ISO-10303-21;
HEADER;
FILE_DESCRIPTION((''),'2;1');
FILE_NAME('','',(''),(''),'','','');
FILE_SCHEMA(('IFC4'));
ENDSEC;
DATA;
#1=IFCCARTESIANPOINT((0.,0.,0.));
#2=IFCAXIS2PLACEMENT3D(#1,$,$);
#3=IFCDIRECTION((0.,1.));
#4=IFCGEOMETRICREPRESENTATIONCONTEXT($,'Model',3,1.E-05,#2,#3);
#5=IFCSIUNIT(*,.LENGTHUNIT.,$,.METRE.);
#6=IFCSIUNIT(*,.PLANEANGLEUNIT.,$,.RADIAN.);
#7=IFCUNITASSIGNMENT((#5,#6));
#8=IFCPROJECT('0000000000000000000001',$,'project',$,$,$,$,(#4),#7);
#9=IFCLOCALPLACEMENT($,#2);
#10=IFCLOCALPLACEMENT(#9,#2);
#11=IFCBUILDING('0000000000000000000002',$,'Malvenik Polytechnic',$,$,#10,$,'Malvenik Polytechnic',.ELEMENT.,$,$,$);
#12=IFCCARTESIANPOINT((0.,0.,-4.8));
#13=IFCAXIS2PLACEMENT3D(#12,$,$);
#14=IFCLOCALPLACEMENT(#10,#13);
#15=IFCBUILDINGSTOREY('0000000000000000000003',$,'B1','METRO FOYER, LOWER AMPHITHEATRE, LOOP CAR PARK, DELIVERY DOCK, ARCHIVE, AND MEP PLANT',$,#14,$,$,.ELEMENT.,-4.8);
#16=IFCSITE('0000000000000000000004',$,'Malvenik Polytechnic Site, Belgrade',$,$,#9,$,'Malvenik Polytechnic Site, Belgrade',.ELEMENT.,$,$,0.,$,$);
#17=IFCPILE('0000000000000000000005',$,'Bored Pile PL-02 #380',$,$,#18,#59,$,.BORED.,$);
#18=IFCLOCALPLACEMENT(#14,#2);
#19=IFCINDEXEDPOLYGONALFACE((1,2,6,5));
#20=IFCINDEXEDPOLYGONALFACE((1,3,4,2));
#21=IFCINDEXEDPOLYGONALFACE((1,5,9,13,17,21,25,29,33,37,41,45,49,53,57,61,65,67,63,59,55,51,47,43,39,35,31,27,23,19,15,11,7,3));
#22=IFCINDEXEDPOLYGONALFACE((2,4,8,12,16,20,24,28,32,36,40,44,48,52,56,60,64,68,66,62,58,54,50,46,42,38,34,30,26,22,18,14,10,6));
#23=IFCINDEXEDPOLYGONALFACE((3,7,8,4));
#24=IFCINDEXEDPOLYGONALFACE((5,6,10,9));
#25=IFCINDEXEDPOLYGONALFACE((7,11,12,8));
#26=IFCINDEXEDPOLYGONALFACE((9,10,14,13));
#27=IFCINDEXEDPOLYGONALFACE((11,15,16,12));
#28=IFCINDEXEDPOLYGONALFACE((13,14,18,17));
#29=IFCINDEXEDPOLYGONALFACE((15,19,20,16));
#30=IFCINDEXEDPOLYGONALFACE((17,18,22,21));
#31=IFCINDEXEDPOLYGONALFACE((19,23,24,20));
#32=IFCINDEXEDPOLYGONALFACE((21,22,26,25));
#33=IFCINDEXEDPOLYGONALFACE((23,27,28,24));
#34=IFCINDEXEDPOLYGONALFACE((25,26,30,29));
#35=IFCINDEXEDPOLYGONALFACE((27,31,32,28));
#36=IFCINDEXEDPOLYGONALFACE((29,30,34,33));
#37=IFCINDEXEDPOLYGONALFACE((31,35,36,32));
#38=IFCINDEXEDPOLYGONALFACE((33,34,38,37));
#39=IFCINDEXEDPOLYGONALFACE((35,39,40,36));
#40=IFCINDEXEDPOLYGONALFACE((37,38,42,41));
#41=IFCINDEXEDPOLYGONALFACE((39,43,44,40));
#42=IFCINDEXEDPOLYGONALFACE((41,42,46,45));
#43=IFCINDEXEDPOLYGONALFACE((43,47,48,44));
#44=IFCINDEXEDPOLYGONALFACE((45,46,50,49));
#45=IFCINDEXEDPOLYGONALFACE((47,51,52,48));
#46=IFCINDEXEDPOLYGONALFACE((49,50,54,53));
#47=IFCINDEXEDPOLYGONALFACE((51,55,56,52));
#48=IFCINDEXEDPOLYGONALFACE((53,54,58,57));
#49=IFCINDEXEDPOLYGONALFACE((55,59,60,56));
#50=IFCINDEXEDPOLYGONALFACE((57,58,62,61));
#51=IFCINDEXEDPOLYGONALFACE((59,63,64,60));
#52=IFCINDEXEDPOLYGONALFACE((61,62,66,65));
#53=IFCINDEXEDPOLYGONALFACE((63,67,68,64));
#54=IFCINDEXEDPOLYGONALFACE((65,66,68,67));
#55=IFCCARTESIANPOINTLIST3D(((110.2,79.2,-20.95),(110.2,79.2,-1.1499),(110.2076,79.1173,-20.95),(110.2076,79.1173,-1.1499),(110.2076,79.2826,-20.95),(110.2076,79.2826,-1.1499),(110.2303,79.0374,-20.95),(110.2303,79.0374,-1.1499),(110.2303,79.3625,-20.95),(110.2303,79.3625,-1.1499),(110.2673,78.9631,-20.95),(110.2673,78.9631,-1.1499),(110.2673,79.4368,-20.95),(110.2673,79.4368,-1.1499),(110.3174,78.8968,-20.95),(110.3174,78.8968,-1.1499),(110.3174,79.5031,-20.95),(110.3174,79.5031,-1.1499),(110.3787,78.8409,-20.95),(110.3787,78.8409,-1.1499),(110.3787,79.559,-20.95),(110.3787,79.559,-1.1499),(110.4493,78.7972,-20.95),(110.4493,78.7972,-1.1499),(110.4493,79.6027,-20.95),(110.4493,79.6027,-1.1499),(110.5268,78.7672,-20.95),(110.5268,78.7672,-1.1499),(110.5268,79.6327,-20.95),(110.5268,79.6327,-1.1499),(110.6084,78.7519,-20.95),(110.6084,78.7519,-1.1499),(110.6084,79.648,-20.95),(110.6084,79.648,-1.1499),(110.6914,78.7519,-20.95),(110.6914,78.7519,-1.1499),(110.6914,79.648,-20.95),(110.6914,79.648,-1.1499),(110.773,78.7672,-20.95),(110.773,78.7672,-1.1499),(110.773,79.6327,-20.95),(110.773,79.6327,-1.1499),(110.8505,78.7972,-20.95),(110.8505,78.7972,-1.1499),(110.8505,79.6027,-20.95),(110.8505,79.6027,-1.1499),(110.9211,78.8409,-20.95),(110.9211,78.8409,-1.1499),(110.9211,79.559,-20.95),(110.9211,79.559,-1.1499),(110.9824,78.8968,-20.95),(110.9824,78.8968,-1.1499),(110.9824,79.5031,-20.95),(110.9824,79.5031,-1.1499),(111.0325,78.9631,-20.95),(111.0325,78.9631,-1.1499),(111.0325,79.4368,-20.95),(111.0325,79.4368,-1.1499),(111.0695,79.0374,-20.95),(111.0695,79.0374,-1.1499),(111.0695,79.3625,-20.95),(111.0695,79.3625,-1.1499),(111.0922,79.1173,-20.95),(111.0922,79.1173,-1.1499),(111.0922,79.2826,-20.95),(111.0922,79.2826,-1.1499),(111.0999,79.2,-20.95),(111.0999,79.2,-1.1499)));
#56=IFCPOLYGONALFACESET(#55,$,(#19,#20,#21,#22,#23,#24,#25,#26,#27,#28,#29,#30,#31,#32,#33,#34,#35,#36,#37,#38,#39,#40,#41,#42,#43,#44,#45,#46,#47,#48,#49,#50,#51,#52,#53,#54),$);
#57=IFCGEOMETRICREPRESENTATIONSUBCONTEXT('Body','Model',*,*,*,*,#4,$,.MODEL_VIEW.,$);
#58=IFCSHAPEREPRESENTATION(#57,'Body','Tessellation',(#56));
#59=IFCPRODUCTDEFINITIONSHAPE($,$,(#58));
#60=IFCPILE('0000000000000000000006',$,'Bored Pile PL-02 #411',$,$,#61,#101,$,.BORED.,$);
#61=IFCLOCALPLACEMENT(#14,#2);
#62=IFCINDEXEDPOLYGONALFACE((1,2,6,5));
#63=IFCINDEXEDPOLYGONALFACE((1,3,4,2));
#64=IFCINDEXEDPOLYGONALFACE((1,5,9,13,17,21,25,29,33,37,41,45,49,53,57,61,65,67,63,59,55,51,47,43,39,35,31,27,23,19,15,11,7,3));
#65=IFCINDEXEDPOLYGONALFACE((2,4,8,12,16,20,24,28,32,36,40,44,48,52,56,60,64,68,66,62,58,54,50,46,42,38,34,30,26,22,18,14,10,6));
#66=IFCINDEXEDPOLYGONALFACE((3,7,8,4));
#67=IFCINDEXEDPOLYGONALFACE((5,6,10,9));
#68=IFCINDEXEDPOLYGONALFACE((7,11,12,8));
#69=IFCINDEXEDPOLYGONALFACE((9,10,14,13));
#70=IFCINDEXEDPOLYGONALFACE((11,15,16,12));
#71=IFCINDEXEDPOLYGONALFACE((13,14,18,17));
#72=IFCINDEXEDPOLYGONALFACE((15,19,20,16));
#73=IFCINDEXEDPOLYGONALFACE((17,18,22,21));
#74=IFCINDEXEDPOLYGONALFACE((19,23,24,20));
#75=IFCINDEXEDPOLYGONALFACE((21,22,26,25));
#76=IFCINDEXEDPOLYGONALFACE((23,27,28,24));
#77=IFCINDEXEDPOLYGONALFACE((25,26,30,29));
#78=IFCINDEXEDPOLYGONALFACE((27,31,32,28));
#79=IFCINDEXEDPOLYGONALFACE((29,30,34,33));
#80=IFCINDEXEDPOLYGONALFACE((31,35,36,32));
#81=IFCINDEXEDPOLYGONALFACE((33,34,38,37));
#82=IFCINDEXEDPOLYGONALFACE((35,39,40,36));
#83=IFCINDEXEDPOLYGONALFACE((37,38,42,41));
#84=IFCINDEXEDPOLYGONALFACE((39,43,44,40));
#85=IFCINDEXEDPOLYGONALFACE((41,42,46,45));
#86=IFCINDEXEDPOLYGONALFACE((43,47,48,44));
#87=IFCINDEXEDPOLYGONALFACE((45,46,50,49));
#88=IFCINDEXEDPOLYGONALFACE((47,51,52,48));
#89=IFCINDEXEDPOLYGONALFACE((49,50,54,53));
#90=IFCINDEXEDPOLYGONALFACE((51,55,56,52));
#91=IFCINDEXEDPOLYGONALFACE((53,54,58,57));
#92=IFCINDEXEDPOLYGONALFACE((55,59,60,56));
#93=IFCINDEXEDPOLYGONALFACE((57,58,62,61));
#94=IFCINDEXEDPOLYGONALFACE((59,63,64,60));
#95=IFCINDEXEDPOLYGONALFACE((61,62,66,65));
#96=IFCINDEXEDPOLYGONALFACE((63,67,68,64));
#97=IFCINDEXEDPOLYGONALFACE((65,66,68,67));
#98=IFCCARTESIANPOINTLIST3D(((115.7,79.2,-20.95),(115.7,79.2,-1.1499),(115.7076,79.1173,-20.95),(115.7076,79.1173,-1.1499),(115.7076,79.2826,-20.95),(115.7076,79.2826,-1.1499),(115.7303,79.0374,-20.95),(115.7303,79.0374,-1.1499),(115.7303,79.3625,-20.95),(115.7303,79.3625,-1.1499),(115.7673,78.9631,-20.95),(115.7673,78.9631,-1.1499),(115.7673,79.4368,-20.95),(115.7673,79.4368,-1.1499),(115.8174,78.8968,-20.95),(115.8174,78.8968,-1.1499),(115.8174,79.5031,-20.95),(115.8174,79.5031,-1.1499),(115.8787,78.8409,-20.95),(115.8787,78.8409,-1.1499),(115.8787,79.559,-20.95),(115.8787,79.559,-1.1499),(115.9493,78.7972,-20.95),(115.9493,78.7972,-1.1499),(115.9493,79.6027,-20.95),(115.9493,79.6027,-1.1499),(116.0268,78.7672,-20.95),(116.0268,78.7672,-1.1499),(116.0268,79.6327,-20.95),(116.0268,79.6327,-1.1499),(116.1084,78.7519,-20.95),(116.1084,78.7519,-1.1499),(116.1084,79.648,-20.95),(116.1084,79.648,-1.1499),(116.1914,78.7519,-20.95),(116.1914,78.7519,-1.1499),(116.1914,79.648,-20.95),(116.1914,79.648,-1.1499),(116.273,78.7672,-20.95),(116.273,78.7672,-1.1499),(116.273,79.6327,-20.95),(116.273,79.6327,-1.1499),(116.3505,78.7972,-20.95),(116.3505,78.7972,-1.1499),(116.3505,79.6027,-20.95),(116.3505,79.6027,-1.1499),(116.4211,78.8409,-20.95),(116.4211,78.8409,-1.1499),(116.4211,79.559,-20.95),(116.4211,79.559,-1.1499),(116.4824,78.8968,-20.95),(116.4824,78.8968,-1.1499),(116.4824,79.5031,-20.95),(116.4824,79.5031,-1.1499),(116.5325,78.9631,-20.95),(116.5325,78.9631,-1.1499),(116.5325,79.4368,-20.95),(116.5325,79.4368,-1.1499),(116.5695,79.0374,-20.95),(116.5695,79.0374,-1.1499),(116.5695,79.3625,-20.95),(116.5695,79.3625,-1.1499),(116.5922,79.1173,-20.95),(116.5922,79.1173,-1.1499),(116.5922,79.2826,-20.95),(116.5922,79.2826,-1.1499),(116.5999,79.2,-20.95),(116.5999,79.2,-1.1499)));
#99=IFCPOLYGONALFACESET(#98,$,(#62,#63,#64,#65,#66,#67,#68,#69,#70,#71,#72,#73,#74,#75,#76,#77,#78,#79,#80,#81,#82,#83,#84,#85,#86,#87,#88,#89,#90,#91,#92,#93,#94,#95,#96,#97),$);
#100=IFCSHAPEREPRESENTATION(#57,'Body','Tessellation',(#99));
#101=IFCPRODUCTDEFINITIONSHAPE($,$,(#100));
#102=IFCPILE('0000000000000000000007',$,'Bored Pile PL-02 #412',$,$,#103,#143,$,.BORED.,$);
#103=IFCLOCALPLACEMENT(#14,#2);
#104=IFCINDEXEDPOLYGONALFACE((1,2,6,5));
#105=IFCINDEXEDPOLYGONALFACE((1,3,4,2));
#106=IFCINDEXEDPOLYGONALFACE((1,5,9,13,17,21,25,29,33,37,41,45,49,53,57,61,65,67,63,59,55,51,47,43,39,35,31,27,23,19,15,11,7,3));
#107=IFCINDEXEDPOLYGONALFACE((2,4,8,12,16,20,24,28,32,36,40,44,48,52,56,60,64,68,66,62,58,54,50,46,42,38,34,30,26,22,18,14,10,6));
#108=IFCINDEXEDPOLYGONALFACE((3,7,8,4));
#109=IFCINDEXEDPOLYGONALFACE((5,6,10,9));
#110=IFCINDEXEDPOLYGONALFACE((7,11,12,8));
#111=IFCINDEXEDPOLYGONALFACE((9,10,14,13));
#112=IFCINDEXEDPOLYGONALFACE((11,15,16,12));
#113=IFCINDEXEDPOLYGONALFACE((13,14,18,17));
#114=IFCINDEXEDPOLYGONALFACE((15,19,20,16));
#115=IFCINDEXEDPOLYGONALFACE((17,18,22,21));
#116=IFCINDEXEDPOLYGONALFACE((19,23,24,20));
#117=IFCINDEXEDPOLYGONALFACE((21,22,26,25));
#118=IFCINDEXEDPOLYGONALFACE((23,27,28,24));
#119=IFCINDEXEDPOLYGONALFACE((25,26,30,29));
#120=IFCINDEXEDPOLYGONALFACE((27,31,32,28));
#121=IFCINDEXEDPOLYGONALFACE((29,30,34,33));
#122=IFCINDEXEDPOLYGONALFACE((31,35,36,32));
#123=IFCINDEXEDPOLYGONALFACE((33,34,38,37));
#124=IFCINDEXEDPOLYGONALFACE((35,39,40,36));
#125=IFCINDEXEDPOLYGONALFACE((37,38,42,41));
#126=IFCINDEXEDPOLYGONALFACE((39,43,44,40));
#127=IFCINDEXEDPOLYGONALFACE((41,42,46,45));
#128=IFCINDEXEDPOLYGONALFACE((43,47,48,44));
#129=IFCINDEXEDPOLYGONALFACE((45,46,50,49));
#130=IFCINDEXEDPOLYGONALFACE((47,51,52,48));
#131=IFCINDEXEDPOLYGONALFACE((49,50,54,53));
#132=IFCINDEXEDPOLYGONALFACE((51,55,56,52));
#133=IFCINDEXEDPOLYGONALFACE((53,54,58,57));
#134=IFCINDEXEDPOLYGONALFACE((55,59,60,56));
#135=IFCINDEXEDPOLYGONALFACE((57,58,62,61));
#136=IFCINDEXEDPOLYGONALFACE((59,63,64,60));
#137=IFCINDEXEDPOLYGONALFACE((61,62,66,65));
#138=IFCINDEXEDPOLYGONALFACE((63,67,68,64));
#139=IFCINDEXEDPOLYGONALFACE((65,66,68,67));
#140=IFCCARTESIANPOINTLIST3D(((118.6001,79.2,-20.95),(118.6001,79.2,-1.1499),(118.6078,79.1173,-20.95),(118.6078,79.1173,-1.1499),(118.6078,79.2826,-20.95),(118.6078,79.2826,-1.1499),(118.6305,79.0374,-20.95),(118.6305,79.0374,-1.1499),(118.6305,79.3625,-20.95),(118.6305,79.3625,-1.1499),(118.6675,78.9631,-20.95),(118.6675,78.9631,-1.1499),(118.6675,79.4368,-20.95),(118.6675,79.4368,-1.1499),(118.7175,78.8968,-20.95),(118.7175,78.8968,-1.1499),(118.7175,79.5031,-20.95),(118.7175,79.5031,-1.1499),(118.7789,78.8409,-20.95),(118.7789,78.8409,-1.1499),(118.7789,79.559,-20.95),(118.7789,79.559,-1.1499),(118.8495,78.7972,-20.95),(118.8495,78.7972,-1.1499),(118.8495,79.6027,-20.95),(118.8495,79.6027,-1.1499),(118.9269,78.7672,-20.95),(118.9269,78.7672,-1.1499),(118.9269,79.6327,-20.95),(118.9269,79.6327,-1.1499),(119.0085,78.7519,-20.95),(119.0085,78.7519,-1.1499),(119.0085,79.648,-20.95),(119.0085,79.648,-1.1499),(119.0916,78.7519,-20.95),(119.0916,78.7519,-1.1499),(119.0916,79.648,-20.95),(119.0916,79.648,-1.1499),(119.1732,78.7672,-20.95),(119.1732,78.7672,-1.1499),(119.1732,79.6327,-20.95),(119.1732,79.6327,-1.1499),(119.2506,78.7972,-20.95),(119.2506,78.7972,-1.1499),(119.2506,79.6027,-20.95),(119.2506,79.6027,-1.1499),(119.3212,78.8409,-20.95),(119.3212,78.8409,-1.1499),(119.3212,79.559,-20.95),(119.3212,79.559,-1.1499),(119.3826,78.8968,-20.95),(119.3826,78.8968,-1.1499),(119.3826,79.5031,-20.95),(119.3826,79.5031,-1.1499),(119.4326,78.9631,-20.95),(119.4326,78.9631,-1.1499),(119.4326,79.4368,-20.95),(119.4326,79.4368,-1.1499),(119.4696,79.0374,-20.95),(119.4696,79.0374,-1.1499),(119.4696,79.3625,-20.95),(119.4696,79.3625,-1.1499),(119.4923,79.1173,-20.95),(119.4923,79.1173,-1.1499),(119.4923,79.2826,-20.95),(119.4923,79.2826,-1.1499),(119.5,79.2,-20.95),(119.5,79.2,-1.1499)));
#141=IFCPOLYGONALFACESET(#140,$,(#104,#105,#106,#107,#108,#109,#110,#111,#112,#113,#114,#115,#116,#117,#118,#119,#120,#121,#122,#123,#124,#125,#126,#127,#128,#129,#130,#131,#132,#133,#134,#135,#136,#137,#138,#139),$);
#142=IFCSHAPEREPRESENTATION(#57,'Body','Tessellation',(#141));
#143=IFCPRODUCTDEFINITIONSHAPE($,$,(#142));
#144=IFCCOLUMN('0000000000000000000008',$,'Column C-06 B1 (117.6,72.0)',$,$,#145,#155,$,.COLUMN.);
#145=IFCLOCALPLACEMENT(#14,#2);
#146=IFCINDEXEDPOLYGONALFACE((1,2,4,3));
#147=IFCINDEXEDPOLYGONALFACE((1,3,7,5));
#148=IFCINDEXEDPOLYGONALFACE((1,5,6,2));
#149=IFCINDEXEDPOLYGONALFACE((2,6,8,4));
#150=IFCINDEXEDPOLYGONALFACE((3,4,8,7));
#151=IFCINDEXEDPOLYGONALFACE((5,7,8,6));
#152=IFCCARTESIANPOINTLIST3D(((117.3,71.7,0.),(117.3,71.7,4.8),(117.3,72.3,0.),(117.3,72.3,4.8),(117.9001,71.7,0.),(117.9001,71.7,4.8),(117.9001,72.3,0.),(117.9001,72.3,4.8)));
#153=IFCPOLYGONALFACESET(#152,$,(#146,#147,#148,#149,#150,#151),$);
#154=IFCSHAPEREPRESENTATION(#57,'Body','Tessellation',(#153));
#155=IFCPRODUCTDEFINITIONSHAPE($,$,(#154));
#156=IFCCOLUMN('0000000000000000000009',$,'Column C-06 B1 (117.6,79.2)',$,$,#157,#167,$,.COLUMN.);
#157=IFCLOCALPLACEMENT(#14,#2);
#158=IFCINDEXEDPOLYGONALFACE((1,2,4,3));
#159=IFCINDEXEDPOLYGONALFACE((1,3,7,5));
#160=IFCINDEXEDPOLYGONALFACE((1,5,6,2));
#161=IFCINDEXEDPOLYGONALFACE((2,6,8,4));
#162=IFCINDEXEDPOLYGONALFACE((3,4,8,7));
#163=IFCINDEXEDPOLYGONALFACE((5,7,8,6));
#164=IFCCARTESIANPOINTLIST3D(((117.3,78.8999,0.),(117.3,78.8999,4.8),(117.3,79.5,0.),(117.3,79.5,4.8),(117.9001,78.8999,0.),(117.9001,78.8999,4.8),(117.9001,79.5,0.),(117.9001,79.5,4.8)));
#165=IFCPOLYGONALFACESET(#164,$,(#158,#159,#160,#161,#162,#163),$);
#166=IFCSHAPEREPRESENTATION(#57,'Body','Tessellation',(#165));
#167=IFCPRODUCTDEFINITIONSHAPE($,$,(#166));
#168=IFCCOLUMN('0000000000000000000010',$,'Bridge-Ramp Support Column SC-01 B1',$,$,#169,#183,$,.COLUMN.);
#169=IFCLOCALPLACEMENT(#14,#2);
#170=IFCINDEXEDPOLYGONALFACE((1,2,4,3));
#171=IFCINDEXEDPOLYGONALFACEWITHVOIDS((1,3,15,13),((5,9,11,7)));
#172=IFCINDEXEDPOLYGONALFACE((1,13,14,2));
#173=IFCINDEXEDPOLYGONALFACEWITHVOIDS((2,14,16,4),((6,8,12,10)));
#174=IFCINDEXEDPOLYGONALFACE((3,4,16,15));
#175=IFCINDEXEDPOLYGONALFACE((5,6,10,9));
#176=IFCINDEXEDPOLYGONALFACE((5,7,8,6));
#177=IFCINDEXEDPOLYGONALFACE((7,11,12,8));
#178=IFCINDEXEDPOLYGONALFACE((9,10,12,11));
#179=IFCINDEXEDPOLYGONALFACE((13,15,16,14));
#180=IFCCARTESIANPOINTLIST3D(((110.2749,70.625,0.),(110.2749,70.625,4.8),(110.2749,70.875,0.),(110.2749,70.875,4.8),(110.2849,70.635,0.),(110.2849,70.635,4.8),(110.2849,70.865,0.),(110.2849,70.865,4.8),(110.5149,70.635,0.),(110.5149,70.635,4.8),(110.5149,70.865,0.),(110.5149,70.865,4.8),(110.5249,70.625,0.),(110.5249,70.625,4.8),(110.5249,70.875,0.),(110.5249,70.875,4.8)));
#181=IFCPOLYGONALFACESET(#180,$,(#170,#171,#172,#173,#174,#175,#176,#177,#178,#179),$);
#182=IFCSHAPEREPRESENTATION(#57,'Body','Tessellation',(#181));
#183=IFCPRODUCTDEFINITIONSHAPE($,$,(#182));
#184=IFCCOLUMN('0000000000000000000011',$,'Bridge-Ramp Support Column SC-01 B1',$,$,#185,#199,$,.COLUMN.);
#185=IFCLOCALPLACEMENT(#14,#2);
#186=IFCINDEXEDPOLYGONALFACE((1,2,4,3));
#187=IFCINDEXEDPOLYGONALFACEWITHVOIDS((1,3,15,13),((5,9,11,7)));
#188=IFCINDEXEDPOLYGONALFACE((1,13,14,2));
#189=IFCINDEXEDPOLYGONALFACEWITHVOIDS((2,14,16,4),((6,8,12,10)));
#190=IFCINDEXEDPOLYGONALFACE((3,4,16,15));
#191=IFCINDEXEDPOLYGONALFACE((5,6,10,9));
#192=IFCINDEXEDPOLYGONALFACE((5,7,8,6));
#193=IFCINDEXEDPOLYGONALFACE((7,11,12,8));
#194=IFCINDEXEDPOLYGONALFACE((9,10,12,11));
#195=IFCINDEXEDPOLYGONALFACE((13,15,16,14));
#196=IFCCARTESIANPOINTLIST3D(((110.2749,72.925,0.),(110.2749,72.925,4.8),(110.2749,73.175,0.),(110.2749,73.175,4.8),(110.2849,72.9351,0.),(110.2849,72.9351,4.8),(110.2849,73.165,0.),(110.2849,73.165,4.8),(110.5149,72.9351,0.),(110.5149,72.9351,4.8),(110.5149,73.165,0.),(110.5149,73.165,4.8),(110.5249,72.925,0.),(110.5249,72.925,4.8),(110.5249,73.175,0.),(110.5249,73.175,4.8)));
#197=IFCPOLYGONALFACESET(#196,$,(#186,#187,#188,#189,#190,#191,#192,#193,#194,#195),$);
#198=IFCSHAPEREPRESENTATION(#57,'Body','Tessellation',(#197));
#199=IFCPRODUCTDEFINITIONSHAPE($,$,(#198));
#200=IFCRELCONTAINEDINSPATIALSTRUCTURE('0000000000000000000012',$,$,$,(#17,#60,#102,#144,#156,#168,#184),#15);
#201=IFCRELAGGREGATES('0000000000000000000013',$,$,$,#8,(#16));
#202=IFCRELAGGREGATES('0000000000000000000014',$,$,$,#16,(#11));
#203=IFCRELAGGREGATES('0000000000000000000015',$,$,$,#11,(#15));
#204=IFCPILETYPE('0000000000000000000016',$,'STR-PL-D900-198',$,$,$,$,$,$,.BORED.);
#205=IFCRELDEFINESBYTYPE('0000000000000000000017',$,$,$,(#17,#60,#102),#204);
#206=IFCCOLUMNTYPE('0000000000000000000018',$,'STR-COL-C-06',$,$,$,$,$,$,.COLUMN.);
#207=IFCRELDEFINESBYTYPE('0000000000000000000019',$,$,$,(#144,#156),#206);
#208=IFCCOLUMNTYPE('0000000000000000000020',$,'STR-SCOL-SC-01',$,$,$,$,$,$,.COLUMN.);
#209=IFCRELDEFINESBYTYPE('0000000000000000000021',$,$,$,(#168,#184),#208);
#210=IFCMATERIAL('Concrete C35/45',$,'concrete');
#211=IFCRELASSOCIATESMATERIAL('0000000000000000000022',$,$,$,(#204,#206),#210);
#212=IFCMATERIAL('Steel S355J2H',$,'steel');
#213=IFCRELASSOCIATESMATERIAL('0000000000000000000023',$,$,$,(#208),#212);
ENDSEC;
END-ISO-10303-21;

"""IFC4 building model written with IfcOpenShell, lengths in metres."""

from ifc_helpers import new_model, si_unit, direction, frame, origin, origin_2d, place, context, subcontext, project, spatial, rectangle, hollow_rectangle, circle, extrude, material, material_profile, profile_set, type_object, element, save


model = new_model("IFC4")

# Units and contexts
model_context = context("Model", 3, precision=1e-05, world=origin(), true_north=direction((0.0, 1.0)))
body_context = subcontext(model_context, "Body", "Model", "MODEL_VIEW")
ifc_project = project(units=[si_unit("LENGTHUNIT", "METRE"), si_unit("PLANEANGLEUNIT", "RADIAN")], contexts=[model_context])

# Site, building, storey
site_placement = place(None, origin())
site = spatial("IfcSite", under=ifc_project, at=site_placement, Name="Malvenik Polytechnic Site, Belgrade", LongName="Malvenik Polytechnic Site, Belgrade", CompositionType="ELEMENT", RefElevation=0.0)
building_placement = place(site_placement, origin())
building = spatial("IfcBuilding", under=site, at=building_placement, Name="Malvenik Polytechnic", LongName="Malvenik Polytechnic", CompositionType="ELEMENT")
storey_placement = place(building_placement, frame((0.0, 0.0, -4.8)))
storey = spatial("IfcBuildingStorey", under=building, at=storey_placement, Name="B1", Description="METRO FOYER, LOWER AMPHITHEATRE, LOOP CAR PARK, DELIVERY DOCK, ARCHIVE, AND MEP PLANT", CompositionType="ELEMENT", Elevation=-4.8)

# Shared definitions
ifc_material_1 = material(Name="Concrete C35/45", Category="concrete")

# Piles
ifc_material_profile_1 = material_profile(ifc_material_1, circle(Radius=0.45, at=origin_2d()), Name="BORED PILE D900")
ifc_profile_set_1 = profile_set([ifc_material_profile_1], Name="Concrete C35/45")
pile_type_1 = type_object("IfcPileType", Name="STR-PL-D900-198", PredefinedType="BORED", material=ifc_profile_set_1)
for number, where, z_axis, x_axis, name in (
    (1, (110.6499, 79.2, -1.1499), (0.0, 0.0, -1.0), (1.0, 0.0, 0.0), "Bored Pile PL-02 #380"),
    (2, (116.1499, 79.2, -1.1499), (0.0, 0.0, -1.0), (1.0, 0.0, 0.0), "Bored Pile PL-02 #411"),
    (3, (119.05, 79.2, -1.1499), (0.0, 0.0, -1.0), (1.0, 0.0, 0.0), "Bored Pile PL-02 #412"),
):
    element("IfcPile", number, at=place(storey_placement, frame(where, z_axis=z_axis, x_axis=x_axis)), inside=storey, type_object=pile_type_1, Name=name, PredefinedType="BORED", context=body_context, shape_type="SweptSolid", body=[
        extrude(circle(Radius=0.45, at=origin_2d()), origin(), (0.0, 0.0, 1.0), 19.8),
    ])

# Columns
ifc_material_profile_2 = material_profile(ifc_material_1, rectangle(XDim=0.6001, YDim=0.6001, at=origin_2d()), Name="RC COL 600x600")
ifc_profile_set_2 = profile_set([ifc_material_profile_2], Name="Concrete C35/45")
column_type_1 = type_object("IfcColumnType", Name="STR-COL-C-06", PredefinedType="COLUMN", material=ifc_profile_set_2)
for number, where, z_axis, x_axis, name in (
    (4, (117.6001, 72.0, 0.0), (0.0, 0.0, 1.0), (1.0, 0.0, 0.0), "Column C-06 B1 (117.6,72.0)"),
    (5, (117.6001, 79.2, 0.0), (0.0, 0.0, 1.0), (1.0, 0.0, 0.0), "Column C-06 B1 (117.6,79.2)"),
):
    element("IfcColumn", number, at=place(storey_placement, frame(where, z_axis=z_axis, x_axis=x_axis)), inside=storey, type_object=column_type_1, Name=name, PredefinedType="COLUMN", context=body_context, shape_type="SweptSolid", body=[
        extrude(rectangle(XDim=0.6001, YDim=0.6001, at=origin_2d()), origin(), (0.0, 0.0, 1.0), 4.8),
    ])
ifc_material_2 = material(Name="Steel S355J2H", Category="steel")
ifc_material_profile_3 = material_profile(ifc_material_2, hollow_rectangle(XDim=0.25, YDim=0.25, WallThickness=0.01, at=origin_2d()), Name="SHS 250x250x10.0")
ifc_profile_set_3 = profile_set([ifc_material_profile_3], Name="Steel S355J2H")
column_type_2 = type_object("IfcColumnType", Name="STR-SCOL-SC-01", PredefinedType="COLUMN", material=ifc_profile_set_3)
for number, where, z_axis, x_axis, name in (
    (6, (110.3999, 70.75, 0.0), (0.0, 0.0, 1.0), (1.0, 0.0, 0.0), "Bridge-Ramp Support Column SC-01 B1"),
    (7, (110.3999, 73.05, 0.0), (0.0, 0.0, 1.0), (1.0, 0.0, 0.0), "Bridge-Ramp Support Column SC-01 B1"),
):
    element("IfcColumn", number, at=place(storey_placement, frame(where, z_axis=z_axis, x_axis=x_axis)), inside=storey, type_object=column_type_2, Name=name, PredefinedType="COLUMN", context=body_context, shape_type="SweptSolid", body=[
        extrude(hollow_rectangle(XDim=0.25, YDim=0.25, WallThickness=0.01, at=origin_2d()), origin(), (0.0, 0.0, 1.0), 4.8),
    ])

save(model, "model.ifc")
